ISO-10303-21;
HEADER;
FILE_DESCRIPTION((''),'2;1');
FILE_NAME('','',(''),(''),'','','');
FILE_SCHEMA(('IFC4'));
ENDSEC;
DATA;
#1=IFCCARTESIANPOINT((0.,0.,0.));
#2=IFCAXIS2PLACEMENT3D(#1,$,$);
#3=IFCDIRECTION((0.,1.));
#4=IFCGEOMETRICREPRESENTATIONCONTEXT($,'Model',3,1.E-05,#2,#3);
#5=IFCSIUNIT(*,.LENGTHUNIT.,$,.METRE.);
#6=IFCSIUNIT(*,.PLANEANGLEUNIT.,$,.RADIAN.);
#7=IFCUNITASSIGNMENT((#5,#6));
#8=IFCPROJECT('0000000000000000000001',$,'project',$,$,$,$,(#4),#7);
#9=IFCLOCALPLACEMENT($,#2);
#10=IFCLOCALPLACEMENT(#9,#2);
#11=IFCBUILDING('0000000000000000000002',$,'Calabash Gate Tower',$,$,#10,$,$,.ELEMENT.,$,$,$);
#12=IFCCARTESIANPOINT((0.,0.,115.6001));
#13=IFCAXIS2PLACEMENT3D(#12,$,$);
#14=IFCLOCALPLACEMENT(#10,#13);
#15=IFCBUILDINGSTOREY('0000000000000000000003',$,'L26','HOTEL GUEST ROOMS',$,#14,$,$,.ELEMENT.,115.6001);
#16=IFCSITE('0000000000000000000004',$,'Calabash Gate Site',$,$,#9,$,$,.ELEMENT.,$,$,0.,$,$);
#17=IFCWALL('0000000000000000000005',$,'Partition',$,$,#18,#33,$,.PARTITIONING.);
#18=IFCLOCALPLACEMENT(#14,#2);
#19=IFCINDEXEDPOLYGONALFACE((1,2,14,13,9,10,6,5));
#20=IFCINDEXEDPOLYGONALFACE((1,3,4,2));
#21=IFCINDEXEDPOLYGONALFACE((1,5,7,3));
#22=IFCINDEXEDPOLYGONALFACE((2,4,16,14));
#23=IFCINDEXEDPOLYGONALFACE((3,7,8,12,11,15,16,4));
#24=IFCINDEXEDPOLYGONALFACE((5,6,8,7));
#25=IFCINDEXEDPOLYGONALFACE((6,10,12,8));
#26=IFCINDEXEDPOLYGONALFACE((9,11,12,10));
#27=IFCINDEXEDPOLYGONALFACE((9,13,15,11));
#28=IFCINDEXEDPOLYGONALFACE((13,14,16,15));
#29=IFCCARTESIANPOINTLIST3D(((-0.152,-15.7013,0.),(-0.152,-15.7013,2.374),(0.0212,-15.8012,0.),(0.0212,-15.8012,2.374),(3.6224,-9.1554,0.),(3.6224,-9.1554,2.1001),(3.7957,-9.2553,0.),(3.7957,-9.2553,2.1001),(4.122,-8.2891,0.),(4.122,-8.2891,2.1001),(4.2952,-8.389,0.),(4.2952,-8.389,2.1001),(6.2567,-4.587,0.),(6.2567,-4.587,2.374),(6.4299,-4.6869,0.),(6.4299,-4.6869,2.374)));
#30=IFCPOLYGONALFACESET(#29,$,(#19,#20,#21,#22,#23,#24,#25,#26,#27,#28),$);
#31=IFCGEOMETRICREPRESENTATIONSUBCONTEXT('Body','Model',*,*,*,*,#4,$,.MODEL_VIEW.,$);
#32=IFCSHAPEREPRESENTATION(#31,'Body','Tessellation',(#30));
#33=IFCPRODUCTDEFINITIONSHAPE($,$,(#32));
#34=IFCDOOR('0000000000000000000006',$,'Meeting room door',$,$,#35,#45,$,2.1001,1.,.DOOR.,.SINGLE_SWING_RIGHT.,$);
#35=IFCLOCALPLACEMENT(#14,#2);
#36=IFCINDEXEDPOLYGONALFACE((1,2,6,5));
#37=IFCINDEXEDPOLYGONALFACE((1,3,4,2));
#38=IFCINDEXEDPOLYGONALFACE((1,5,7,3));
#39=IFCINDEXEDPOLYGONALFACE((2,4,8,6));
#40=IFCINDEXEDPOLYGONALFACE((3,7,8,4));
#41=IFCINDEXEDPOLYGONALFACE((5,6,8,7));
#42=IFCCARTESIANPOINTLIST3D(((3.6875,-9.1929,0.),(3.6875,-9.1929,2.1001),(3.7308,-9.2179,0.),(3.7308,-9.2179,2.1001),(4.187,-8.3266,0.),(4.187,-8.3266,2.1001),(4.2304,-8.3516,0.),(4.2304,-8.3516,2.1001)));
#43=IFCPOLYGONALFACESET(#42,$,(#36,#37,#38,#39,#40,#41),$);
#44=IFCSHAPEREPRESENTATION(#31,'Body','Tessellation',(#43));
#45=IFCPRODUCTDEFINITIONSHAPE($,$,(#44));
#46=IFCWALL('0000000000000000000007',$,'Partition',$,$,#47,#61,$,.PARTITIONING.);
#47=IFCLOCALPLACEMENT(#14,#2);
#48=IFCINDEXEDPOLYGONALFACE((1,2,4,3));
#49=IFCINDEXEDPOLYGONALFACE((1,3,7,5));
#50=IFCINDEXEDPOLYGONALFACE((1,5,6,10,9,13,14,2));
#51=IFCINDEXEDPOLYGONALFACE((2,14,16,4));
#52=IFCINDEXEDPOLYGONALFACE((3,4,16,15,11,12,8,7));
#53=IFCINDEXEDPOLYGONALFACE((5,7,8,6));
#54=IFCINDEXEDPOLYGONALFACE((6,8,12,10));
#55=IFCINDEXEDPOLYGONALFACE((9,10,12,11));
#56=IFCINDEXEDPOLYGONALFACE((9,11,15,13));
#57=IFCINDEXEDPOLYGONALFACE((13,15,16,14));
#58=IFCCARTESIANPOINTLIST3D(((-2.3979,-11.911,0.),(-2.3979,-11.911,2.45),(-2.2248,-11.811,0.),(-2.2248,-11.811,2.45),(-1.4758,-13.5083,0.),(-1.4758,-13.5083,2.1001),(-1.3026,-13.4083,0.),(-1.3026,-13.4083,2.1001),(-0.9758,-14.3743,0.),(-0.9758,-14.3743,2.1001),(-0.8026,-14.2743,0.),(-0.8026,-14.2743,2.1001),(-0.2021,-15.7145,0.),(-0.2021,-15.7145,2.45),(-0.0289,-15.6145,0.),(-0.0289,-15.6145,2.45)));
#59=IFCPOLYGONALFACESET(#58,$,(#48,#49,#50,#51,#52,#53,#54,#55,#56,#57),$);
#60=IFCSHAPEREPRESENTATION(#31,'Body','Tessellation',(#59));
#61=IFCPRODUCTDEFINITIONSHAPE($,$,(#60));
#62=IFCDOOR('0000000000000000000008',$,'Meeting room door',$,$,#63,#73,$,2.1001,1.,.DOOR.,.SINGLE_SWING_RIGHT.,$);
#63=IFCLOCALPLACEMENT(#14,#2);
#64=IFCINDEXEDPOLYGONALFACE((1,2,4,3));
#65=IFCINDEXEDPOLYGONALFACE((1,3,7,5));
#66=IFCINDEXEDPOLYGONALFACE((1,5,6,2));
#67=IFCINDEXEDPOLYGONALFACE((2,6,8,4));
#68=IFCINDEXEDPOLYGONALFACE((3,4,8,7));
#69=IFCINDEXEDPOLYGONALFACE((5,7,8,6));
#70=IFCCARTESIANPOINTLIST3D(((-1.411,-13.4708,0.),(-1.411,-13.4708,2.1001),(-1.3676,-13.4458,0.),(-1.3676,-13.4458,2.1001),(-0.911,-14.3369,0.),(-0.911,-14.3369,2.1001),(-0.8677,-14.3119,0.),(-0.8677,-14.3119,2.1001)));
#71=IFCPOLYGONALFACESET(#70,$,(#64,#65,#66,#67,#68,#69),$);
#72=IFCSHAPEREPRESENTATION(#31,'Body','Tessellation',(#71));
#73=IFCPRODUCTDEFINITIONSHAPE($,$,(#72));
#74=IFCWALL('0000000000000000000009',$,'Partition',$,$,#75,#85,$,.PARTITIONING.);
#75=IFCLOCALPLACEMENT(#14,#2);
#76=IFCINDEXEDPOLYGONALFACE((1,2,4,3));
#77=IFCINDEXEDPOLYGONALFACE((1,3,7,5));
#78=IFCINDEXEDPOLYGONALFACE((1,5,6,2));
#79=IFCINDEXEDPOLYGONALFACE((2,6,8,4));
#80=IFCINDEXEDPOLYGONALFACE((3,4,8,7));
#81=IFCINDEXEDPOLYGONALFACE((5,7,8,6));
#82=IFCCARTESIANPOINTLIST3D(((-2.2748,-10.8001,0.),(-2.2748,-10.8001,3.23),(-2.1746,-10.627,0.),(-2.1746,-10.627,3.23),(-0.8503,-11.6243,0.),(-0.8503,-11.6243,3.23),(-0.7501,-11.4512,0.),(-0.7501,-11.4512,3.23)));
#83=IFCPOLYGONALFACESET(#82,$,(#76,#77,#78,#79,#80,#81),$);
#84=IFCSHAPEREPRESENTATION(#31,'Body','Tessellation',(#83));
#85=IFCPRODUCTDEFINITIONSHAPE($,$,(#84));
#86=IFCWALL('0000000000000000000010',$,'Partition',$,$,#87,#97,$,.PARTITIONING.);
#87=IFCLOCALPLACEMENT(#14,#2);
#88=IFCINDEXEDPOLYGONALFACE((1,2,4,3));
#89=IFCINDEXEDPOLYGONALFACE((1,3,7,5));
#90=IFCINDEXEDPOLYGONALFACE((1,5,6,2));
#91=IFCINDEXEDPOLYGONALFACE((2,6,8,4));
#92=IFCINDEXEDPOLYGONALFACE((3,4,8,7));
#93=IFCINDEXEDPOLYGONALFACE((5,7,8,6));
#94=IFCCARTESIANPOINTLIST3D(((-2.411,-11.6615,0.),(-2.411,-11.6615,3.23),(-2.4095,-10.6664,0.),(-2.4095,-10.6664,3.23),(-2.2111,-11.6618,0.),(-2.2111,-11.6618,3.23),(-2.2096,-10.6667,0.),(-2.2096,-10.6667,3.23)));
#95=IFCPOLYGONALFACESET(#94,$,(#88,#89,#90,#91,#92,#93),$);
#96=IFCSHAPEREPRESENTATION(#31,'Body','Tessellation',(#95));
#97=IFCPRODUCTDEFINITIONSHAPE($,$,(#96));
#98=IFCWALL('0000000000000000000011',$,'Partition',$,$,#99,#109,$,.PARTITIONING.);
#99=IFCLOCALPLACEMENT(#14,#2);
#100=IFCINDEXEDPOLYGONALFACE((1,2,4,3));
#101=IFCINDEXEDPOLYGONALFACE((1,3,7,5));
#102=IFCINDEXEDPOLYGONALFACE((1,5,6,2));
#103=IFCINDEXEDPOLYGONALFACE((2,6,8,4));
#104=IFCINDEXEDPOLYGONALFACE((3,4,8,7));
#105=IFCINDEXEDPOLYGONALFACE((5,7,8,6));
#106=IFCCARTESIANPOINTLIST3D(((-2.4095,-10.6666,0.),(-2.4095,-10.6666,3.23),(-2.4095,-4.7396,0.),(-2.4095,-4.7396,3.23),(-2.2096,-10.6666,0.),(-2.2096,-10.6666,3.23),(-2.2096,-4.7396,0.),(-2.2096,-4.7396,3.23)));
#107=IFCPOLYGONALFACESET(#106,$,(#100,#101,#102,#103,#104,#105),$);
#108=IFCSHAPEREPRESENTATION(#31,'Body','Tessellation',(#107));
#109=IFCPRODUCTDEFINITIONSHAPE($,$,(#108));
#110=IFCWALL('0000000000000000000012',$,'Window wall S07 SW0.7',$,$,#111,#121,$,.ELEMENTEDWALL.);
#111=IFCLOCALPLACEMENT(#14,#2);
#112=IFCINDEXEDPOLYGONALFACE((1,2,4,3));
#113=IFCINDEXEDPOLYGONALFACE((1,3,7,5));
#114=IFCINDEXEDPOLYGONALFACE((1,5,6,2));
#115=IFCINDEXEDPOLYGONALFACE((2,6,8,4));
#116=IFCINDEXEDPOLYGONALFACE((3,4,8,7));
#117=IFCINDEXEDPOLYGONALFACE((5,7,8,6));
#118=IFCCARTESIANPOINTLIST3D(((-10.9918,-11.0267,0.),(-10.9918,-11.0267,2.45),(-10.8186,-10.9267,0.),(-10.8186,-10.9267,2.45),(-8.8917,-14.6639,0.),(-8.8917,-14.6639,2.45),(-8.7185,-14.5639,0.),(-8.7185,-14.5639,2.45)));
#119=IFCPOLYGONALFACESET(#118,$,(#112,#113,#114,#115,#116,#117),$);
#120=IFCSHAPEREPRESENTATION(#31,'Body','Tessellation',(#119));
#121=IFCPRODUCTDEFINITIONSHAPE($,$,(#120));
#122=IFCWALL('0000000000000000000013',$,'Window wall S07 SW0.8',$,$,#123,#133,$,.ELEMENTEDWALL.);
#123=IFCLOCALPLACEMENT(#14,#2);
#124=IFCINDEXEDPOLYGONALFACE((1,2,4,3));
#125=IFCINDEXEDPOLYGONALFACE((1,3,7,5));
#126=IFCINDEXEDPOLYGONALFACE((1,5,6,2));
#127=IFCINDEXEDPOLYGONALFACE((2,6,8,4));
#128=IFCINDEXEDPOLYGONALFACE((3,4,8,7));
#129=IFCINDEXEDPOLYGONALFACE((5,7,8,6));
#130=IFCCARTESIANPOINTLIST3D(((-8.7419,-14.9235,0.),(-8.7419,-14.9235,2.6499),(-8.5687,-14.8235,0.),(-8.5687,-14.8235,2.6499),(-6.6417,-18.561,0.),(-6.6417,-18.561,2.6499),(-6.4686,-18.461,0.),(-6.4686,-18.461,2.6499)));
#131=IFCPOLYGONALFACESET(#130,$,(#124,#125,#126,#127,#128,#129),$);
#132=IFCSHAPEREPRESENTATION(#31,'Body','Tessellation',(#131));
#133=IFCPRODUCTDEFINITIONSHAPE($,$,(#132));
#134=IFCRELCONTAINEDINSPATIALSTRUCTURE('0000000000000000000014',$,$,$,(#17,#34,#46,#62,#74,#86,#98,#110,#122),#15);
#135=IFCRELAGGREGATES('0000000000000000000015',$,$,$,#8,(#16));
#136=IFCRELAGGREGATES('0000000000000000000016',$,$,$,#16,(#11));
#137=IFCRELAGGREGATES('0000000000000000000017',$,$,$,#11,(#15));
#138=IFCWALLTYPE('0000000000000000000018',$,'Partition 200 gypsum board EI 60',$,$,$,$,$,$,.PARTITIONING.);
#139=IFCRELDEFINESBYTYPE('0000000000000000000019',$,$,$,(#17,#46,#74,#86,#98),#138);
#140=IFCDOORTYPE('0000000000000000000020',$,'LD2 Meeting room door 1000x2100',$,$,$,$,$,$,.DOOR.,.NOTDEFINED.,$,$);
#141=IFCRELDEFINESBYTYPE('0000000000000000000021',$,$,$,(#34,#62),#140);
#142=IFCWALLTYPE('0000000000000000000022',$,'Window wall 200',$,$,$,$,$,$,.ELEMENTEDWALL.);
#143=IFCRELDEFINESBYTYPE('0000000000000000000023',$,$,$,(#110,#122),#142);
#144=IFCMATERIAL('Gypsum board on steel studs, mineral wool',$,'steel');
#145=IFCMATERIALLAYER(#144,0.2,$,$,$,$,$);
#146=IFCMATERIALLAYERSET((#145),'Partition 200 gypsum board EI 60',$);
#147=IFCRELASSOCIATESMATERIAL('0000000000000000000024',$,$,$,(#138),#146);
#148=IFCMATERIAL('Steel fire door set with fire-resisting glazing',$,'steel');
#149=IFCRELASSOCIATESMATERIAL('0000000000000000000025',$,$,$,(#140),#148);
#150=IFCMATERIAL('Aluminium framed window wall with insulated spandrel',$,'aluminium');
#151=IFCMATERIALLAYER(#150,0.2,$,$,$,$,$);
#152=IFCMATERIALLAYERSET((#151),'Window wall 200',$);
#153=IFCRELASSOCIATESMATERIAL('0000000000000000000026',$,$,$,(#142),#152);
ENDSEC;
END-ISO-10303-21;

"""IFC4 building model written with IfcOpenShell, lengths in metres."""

from ifc_helpers import new_model, si_unit, direction, frame, frame_2d, origin, place, context, subcontext, project, spatial, rectangle, extrude, material, layer, layer_set, type_object, element, fill, save


model = new_model("IFC4")

# Units and contexts
model_context = context("Model", 3, precision=1e-05, world=origin(), true_north=direction((0.0, 1.0)))
body_context = subcontext(model_context, "Body", "Model", "MODEL_VIEW")
ifc_project = project(units=[si_unit("LENGTHUNIT", "METRE"), si_unit("PLANEANGLEUNIT", "RADIAN")], contexts=[model_context])

# Site, building, storey
site_placement = place(None, origin())
site = spatial("IfcSite", under=ifc_project, at=site_placement, Name="Calabash Gate Site", CompositionType="ELEMENT", RefElevation=0.0)
building_placement = place(site_placement, origin())
building = spatial("IfcBuilding", under=site, at=building_placement, Name="Calabash Gate Tower", CompositionType="ELEMENT")
storey_placement = place(building_placement, frame((0.0, 0.0, 115.6001)))
storey = spatial("IfcBuildingStorey", under=building, at=storey_placement, Name="L26", Description="HOTEL GUEST ROOMS", CompositionType="ELEMENT", Elevation=115.6001)

# Walls, openings, doors
ifc_material_1 = material(Name="Gypsum board on steel studs, mineral wool", Category="steel")
ifc_layer_1 = layer(ifc_material_1, 0.2)
ifc_layer_set_1 = layer_set([ifc_layer_1], Name="Partition 200 gypsum board EI 60")
wall_type_1 = type_object("IfcWallType", Name="Partition 200 gypsum board EI 60", PredefinedType="PARTITIONING", material=ifc_layer_set_1)
wall_1_placement = place(storey_placement, frame((-0.0654, -15.7512, 0.0), z_axis=(0.0, 0.0, 1.0), x_axis=(0.499525, 0.8663, 0.0)))
wall_1 = element("IfcWall", 1, at=wall_1_placement, inside=storey, type_object=wall_type_1, Name="Partition", PredefinedType="PARTITIONING", context=body_context, shape_type="SweptSolid", body=[
    extrude(rectangle(XDim=12.8296, YDim=0.2, at=frame_2d((6.4148, 0.0))), origin(), (0.0, 0.0, 1.0), 2.374),
])
opening_1_placement = place(wall_1_placement, frame((7.5562, 0.0, 0.0)))
opening_1 = element("IfcOpeningElement", 2, at=opening_1_placement, cuts=wall_1, PredefinedType="OPENING", context=body_context, shape_type="SweptSolid", body=[
    extrude(rectangle(XDim=1.0, YDim=2.1001, at=frame_2d((0.5, 1.05))), frame((0.0, 0.1099, 0.0), z_axis=(0.0, -1.0, 0.0), x_axis=(1.0, 0.0, 0.0)), (0.0, 0.0, 1.0), 0.22),
])
ifc_material_2 = material(Name="Steel fire door set with fire-resisting glazing", Category="steel")
door_type = type_object("IfcDoorType", Name="LD2 Meeting room door 1000x2100", OperationType="NOTDEFINED", PredefinedType="DOOR", material=ifc_material_2)
door_1_placement = place(opening_1_placement, origin())
door_1 = element("IfcDoor", 3, at=door_1_placement, inside=storey, type_object=door_type, Name="Meeting room door", OperationType="SINGLE_SWING_RIGHT", OverallHeight=2.1001, OverallWidth=1.0, PredefinedType="DOOR", context=body_context, shape_type="SweptSolid", body=[
    extrude(rectangle(XDim=1.0, YDim=2.1001, at=frame_2d((0.5, 1.05))), frame((0.0, 0.0249, 0.0), z_axis=(0.0, -1.0, 0.0), x_axis=(1.0, 0.0, 0.0)), (0.0, 0.0, 1.0), 0.05),
])
fill(opening_1, door_1)
wall_2_placement = place(storey_placement, frame((-2.3113, -11.8611, 0.0), z_axis=(0.0, 0.0, 1.0), x_axis=(0.499977, -0.866038, 0.0)))
wall_2 = element("IfcWall", 4, at=wall_2_placement, inside=storey, type_object=wall_type_1, Name="Partition", PredefinedType="PARTITIONING", context=body_context, shape_type="SweptSolid", body=[
    extrude(rectangle(XDim=4.3918, YDim=0.2, at=frame_2d((2.1958, 0.0))), origin(), (0.0, 0.0, 1.0), 2.45),
])
opening_2_placement = place(wall_2_placement, frame((1.8442, 0.0, 0.0)))
opening_2 = element("IfcOpeningElement", 5, at=opening_2_placement, cuts=wall_2, PredefinedType="OPENING", context=body_context, shape_type="SweptSolid", body=[
    extrude(rectangle(XDim=1.0, YDim=2.1001, at=frame_2d((0.5, 1.05))), frame((0.0, 0.1099, 0.0), z_axis=(0.0, -1.0, 0.0), x_axis=(1.0, 0.0, 0.0)), (0.0, 0.0, 1.0), 0.22),
])
door_2_placement = place(opening_2_placement, origin())
door_2 = element("IfcDoor", 6, at=door_2_placement, inside=storey, type_object=door_type, Name="Meeting room door", OperationType="SINGLE_SWING_RIGHT", OverallHeight=2.1001, OverallWidth=1.0, PredefinedType="DOOR", context=body_context, shape_type="SweptSolid", body=[
    extrude(rectangle(XDim=1.0, YDim=2.1001, at=frame_2d((0.5, 1.05))), frame((0.0, 0.0249, 0.0), z_axis=(0.0, -1.0, 0.0), x_axis=(1.0, 0.0, 0.0)), (0.0, 0.0, 1.0), 0.05),
])
fill(opening_2, door_2)

# Walls
wall_3_placement = place(storey_placement, frame((-2.2246, -10.7136, 0.0), z_axis=(0.0, 0.0, 1.0), x_axis=(0.865565, -0.500797, 0.0)))
element("IfcWall", 7, at=wall_3_placement, inside=storey, type_object=wall_type_1, Name="Partition", PredefinedType="PARTITIONING", context=body_context, shape_type="SweptSolid", body=[
    extrude(rectangle(XDim=1.6458, YDim=0.2, at=frame_2d((0.8228, 0.0))), origin(), (0.0, 0.0, 1.0), 3.23),
])
wall_4_placement = place(storey_placement, frame((-2.311, -11.6616, 0.0), z_axis=(0.0, 0.0, 1.0), x_axis=(0.001472, 0.999999, 0.0)))
element("IfcWall", 8, at=wall_4_placement, inside=storey, type_object=wall_type_1, Name="Partition", PredefinedType="PARTITIONING", context=body_context, shape_type="SweptSolid", body=[
    extrude(rectangle(XDim=0.9951, YDim=0.2, at=frame_2d((0.4976, 0.0))), origin(), (0.0, 0.0, 1.0), 3.23),
])
wall_5_placement = place(storey_placement, frame((-2.3096, -10.6665, 0.0), z_axis=(0.0, 0.0, 1.0), x_axis=(0.0, 1.0, 0.0)))
element("IfcWall", 9, at=wall_5_placement, inside=storey, type_object=wall_type_1, Name="Partition", PredefinedType="PARTITIONING", context=body_context, shape_type="SweptSolid", body=[
    extrude(rectangle(XDim=5.927, YDim=0.2, at=frame_2d((2.9634, 0.0))), origin(), (0.0, 0.0, 1.0), 3.23),
])
ifc_material_3 = material(Name="Aluminium framed window wall with insulated spandrel", Category="aluminium")
ifc_layer_2 = layer(ifc_material_3, 0.2)
ifc_layer_set_2 = layer_set([ifc_layer_2], Name="Window wall 200")
wall_type_2 = type_object("IfcWallType", Name="Window wall 200", PredefinedType="ELEMENTEDWALL", material=ifc_layer_set_2)
wall_6_placement = place(storey_placement, frame((-10.9053, -10.9766, 0.0), z_axis=(0.0, 0.0, 1.0), x_axis=(0.500028, -0.866009, 0.0)))
element("IfcWall", 10, at=wall_6_placement, inside=storey, type_object=wall_type_2, Name="Window wall S07 SW0.7", PredefinedType="ELEMENTEDWALL", context=body_context, shape_type="SweptSolid", body=[
    extrude(rectangle(XDim=4.2, YDim=0.2, at=frame_2d((2.1001, 0.0))), origin(), (0.0, 0.0, 1.0), 2.45),
])
wall_7_placement = place(storey_placement, frame((-8.6553, -14.8735, 0.0), z_axis=(0.0, 0.0, 1.0), x_axis=(0.500003, -0.866024, 0.0)))
element("IfcWall", 11, at=wall_7_placement, inside=storey, type_object=wall_type_2, Name="Window wall S07 SW0.8", PredefinedType="ELEMENTEDWALL", context=body_context, shape_type="SweptSolid", body=[
    extrude(rectangle(XDim=4.2002, YDim=0.2, at=frame_2d((2.1001, 0.0))), origin(), (0.0, 0.0, 1.0), 2.6499),
])

save(model, "model.ifc")
